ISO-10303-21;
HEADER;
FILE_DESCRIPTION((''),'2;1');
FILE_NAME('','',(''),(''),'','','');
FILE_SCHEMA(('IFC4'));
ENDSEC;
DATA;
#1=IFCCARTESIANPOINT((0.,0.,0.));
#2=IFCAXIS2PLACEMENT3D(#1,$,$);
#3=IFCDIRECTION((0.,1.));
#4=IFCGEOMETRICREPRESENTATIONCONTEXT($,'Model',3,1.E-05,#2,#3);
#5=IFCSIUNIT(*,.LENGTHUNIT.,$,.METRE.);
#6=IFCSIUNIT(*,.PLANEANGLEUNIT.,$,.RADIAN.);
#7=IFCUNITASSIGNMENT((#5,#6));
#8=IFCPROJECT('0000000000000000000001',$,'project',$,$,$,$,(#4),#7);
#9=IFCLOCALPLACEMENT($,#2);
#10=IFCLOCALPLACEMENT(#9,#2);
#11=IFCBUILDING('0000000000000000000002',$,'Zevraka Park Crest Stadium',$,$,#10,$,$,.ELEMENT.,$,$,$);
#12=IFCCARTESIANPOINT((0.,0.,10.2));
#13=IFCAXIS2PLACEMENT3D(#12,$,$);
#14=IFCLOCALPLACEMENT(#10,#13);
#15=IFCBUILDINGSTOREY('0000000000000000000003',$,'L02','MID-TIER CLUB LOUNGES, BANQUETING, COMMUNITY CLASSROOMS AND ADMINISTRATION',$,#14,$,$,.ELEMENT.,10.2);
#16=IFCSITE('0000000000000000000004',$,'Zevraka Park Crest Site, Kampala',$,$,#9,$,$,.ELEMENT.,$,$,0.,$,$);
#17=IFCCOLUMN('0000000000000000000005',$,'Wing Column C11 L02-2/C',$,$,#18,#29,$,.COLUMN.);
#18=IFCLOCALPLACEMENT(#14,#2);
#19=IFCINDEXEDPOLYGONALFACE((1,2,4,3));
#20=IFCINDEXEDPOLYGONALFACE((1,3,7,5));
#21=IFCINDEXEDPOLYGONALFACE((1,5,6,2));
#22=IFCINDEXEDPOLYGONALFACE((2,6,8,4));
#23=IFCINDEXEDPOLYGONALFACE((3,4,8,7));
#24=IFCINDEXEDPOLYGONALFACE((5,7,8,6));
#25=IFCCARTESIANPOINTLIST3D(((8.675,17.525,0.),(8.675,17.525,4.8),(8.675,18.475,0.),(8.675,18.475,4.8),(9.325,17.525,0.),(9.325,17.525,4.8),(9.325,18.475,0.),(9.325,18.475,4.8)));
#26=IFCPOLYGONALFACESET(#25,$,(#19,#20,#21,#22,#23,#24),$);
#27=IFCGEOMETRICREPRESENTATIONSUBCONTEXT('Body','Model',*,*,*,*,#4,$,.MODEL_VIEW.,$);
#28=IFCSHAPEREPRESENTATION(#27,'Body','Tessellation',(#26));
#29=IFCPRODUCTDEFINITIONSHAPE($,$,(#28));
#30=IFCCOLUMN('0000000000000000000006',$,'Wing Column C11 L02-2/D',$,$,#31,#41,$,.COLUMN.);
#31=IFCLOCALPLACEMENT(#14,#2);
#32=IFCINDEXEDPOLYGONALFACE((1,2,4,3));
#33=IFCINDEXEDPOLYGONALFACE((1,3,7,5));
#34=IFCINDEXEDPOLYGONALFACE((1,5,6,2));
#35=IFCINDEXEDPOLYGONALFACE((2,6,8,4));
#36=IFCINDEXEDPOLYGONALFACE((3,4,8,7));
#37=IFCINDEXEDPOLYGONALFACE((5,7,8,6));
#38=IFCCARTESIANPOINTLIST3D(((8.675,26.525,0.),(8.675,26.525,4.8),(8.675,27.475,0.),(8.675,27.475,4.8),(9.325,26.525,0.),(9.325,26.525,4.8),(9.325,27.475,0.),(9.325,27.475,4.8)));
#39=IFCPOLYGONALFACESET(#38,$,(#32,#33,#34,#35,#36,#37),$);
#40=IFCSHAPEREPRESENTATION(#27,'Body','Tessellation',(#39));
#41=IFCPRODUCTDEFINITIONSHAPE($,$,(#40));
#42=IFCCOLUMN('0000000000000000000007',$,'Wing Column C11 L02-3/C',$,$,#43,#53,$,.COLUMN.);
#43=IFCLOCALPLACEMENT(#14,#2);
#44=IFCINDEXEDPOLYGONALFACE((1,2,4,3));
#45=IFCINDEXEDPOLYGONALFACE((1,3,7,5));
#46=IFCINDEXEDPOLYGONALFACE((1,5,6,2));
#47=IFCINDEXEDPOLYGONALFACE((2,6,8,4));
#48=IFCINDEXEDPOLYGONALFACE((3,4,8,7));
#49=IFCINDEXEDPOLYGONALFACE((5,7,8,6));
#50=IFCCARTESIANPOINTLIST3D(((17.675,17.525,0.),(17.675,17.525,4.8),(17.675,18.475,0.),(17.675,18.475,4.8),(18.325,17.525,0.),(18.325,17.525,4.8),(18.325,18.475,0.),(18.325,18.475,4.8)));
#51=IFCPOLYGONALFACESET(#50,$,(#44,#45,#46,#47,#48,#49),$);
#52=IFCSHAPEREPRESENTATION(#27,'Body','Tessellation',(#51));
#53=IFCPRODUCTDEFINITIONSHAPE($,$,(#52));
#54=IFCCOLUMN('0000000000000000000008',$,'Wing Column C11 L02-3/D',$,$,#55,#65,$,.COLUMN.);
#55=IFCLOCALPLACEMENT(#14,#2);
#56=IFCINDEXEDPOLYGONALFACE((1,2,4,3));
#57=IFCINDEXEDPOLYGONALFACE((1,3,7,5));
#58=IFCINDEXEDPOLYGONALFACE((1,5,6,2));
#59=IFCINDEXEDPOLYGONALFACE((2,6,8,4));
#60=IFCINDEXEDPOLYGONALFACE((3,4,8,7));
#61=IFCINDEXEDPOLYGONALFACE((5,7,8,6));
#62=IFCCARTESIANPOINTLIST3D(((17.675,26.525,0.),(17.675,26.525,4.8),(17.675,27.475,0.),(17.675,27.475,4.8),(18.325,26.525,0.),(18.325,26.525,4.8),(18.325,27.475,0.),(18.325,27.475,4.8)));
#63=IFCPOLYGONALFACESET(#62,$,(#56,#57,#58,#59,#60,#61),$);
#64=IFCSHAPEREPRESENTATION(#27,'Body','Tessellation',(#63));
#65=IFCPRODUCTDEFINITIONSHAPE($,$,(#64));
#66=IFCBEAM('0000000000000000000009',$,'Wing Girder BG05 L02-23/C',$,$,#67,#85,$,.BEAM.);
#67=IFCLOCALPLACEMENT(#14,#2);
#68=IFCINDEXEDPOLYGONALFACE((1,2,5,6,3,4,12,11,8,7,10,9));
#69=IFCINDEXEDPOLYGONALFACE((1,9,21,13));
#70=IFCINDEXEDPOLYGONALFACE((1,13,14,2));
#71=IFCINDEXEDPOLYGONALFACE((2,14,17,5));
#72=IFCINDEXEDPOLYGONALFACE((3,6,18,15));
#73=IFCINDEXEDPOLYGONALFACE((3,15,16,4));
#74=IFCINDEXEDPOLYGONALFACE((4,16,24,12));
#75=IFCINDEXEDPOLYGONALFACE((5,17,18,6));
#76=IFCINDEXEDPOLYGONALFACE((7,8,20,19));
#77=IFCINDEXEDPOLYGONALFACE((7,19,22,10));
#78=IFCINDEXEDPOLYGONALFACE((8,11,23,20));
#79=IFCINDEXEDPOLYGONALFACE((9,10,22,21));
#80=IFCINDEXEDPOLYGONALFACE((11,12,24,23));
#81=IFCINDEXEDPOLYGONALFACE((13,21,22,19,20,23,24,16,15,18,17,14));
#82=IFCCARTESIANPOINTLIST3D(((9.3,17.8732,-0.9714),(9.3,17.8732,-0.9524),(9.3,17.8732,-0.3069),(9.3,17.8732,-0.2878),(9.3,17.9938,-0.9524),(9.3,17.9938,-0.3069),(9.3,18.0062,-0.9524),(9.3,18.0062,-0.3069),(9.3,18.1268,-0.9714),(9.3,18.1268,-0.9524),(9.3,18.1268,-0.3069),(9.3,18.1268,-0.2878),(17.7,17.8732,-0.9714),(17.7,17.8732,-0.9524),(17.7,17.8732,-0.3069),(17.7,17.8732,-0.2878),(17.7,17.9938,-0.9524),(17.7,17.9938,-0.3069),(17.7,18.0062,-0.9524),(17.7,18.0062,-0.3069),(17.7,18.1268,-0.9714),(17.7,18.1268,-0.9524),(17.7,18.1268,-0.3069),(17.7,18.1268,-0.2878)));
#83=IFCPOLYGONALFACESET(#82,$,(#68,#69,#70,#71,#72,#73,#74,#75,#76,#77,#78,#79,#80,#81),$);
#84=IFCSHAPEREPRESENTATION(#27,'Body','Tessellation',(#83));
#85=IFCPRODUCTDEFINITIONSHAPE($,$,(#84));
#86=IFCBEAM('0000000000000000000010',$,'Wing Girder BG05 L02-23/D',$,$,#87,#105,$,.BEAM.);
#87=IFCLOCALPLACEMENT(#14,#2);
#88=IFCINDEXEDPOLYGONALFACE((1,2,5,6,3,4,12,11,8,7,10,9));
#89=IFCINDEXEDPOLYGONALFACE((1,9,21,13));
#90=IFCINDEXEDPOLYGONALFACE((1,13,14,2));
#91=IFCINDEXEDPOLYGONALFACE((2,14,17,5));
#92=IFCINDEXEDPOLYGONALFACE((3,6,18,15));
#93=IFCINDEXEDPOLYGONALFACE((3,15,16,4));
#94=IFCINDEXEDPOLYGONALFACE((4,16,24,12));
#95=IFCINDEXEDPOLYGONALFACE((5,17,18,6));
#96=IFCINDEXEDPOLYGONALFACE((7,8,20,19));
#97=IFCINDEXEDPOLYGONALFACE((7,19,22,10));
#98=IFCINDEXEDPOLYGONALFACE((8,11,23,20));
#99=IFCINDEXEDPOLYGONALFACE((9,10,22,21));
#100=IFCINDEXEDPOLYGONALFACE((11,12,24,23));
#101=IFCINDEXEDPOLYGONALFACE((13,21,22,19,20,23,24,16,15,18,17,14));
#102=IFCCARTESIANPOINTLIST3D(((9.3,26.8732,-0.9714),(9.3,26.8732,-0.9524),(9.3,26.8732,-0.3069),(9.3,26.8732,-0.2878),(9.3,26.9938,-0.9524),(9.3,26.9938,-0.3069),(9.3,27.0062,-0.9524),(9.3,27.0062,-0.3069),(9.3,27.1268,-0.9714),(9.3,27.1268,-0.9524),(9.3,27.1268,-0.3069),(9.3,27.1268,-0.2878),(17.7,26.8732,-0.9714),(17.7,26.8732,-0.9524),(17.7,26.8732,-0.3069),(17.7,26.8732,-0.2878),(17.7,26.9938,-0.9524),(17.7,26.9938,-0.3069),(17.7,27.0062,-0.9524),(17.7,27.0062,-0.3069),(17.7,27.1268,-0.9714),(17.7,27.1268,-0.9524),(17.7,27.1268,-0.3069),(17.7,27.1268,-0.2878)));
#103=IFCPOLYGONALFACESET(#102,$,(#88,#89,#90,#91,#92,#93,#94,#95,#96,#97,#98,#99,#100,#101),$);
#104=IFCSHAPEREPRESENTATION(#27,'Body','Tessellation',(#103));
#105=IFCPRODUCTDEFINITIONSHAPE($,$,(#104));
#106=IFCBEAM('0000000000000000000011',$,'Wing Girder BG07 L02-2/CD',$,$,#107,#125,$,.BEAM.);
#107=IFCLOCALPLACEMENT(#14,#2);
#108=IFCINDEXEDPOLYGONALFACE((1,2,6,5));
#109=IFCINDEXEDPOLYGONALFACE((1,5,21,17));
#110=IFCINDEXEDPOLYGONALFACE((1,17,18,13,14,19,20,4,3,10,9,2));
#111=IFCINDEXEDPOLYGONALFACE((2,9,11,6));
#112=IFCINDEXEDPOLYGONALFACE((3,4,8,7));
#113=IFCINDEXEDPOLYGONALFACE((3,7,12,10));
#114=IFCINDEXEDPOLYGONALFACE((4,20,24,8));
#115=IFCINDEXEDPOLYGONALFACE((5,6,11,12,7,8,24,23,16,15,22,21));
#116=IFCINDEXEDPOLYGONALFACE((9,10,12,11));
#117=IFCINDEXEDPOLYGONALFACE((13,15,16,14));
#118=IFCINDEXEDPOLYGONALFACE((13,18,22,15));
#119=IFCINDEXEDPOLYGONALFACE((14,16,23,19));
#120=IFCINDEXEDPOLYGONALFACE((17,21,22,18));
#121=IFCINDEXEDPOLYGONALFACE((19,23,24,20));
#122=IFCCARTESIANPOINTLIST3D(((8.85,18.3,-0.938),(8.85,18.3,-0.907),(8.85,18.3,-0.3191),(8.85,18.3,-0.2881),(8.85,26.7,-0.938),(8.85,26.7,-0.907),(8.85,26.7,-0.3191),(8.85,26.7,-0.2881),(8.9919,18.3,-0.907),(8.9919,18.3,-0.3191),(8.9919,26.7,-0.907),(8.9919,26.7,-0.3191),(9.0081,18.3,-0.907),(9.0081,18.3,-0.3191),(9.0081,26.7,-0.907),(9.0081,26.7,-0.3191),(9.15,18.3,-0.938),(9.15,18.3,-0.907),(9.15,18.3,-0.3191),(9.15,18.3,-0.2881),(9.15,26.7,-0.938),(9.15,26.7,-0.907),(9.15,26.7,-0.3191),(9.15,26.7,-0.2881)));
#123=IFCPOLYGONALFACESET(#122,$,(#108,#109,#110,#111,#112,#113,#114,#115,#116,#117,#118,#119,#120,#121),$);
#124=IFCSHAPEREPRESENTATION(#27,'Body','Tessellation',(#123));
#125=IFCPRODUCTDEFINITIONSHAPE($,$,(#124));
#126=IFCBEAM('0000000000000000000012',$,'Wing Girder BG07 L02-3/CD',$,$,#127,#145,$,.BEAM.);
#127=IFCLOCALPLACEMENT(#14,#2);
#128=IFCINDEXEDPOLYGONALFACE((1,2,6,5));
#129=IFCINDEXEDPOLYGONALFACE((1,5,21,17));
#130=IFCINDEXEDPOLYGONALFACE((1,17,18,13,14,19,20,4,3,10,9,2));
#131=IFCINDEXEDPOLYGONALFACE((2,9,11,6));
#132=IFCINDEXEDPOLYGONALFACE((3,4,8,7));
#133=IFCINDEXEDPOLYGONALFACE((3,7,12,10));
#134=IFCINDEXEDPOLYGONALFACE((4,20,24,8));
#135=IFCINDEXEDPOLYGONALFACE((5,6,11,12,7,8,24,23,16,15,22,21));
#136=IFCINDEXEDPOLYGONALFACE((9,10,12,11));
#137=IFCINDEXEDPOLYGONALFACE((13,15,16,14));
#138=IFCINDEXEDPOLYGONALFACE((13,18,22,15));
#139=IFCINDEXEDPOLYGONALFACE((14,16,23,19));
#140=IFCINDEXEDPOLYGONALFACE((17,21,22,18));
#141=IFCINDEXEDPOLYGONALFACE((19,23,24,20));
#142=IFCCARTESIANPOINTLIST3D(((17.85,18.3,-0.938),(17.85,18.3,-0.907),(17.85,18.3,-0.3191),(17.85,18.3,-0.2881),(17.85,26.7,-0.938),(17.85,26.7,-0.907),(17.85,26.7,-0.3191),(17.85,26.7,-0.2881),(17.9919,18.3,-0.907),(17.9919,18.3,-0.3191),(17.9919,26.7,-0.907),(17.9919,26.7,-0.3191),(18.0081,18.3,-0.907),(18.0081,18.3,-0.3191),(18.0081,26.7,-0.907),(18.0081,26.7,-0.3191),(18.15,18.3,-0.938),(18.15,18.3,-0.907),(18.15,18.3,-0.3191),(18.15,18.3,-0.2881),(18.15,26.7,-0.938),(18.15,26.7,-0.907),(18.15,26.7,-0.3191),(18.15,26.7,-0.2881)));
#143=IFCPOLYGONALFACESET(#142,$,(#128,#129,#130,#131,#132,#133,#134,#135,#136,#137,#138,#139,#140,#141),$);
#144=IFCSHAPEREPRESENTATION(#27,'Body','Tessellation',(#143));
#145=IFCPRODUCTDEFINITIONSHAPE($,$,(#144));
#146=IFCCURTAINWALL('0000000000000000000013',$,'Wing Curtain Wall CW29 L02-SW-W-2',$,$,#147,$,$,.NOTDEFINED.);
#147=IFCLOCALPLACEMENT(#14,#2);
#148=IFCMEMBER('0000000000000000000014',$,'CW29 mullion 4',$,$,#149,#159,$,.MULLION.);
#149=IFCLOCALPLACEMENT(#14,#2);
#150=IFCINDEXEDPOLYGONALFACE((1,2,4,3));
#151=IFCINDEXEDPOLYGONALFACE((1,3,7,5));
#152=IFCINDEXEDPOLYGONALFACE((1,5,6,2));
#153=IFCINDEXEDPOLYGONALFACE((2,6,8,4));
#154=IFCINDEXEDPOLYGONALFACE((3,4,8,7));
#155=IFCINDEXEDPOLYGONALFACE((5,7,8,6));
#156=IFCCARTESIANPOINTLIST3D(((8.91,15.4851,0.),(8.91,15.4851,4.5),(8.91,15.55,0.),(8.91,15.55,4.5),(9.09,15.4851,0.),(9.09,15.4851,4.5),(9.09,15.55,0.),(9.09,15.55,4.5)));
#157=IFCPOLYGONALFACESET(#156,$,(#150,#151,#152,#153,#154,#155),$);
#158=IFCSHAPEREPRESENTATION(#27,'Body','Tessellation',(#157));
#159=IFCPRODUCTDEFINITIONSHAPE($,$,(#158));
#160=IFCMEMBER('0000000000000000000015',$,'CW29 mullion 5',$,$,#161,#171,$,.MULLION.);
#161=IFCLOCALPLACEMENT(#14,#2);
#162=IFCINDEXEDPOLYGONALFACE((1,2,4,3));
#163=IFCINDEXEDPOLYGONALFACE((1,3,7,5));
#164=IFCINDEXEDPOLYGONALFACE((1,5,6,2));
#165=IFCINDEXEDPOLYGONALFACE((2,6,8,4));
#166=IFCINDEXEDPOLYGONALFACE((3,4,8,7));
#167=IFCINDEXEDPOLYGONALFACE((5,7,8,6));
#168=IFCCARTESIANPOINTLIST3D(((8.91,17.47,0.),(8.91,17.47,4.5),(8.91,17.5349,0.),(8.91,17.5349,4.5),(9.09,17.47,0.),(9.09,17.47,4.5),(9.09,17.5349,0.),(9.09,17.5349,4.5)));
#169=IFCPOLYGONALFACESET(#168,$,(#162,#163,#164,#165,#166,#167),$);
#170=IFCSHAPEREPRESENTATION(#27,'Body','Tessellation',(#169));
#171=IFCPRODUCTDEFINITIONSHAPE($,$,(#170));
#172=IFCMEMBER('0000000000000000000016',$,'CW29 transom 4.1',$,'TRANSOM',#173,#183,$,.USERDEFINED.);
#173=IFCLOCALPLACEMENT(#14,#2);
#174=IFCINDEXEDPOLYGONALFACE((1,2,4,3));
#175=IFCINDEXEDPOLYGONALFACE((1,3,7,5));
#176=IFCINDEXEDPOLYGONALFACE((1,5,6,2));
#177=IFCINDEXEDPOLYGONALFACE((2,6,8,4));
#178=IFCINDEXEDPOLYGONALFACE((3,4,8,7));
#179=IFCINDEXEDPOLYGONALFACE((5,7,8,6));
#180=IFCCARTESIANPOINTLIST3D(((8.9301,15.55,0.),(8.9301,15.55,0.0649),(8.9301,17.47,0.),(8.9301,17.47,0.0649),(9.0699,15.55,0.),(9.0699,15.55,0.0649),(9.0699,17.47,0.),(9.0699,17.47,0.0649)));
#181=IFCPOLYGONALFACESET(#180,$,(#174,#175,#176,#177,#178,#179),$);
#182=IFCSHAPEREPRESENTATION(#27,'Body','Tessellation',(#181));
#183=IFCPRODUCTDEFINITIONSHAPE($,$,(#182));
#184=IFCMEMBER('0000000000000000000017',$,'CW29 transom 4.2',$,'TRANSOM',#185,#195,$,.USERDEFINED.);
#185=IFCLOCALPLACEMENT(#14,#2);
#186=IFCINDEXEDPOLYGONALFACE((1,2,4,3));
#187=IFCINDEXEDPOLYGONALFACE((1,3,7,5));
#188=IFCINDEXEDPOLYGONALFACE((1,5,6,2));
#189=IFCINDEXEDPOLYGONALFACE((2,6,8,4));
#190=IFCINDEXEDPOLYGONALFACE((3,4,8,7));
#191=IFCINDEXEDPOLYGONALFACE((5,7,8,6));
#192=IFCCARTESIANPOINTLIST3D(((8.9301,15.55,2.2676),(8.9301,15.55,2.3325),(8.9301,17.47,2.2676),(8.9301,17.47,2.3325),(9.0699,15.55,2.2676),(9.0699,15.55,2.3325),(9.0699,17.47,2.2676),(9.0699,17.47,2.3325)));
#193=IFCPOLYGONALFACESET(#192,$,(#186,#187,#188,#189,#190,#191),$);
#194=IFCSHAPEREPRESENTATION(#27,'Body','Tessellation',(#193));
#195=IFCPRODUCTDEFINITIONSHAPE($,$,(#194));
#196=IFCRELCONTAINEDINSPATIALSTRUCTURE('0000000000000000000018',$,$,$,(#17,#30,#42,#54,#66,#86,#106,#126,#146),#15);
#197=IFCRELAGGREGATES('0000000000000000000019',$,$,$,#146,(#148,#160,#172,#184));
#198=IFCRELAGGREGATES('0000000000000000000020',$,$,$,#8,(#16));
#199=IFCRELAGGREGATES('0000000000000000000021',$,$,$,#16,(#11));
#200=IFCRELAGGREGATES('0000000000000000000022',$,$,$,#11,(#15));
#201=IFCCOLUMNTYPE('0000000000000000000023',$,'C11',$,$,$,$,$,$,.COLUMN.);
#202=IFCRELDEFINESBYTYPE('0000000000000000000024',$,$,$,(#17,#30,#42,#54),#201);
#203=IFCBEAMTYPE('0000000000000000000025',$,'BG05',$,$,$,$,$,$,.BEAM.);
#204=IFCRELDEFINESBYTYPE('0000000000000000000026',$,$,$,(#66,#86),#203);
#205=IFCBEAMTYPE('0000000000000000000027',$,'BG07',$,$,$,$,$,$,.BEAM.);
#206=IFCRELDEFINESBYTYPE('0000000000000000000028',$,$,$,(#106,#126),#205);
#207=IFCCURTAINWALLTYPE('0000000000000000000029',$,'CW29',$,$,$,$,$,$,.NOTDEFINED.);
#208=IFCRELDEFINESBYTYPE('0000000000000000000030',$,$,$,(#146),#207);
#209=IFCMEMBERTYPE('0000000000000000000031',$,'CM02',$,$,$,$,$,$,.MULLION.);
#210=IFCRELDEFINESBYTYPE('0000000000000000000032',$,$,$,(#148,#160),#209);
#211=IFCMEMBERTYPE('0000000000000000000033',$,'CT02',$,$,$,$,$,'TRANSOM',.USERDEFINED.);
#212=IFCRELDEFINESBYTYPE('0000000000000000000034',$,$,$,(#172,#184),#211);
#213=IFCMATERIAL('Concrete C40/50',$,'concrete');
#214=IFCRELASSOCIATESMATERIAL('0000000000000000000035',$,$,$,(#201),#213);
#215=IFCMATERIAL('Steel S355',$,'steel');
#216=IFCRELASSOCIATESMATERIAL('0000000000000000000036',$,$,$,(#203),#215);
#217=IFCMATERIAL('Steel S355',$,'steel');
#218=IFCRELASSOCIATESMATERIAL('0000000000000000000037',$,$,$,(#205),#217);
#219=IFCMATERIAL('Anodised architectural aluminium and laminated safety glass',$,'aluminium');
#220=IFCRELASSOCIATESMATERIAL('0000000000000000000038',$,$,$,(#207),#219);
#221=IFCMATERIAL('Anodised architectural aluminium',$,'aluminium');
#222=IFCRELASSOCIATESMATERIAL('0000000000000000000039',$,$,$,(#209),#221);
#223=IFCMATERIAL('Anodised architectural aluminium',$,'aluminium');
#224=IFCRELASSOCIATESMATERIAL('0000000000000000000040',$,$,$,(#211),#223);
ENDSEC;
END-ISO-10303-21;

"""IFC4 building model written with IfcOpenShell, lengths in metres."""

from ifc_helpers import new_model, si_unit, direction, frame, origin, origin_2d, place, context, subcontext, project, spatial, rectangle, i_section, extrude, material, material_profile, profile_set, type_object, element, aggregate, save


model = new_model("IFC4")

# Units and contexts
model_context = context("Model", 3, precision=1e-05, world=origin(), true_north=direction((0.0, 1.0)))
body_context = subcontext(model_context, "Body", "Model", "MODEL_VIEW")
ifc_project = project(units=[si_unit("LENGTHUNIT", "METRE"), si_unit("PLANEANGLEUNIT", "RADIAN")], contexts=[model_context])

# Site, building, storey
site_placement = place(None, origin())
site = spatial("IfcSite", under=ifc_project, at=site_placement, Name="Zevraka Park Crest Site, Kampala", CompositionType="ELEMENT", RefElevation=0.0)
building_placement = place(site_placement, origin())
building = spatial("IfcBuilding", under=site, at=building_placement, Name="Zevraka Park Crest Stadium", CompositionType="ELEMENT")
storey_placement = place(building_placement, frame((0.0, 0.0, 10.2)))
storey = spatial("IfcBuildingStorey", under=building, at=storey_placement, Name="L02", Description="MID-TIER CLUB LOUNGES, BANQUETING, COMMUNITY CLASSROOMS AND ADMINISTRATION", CompositionType="ELEMENT", Elevation=10.2)

# Columns
ifc_material_1 = material(Name="Concrete C40/50", Category="concrete")
ifc_material_profile_1 = material_profile(ifc_material_1, rectangle(XDim=0.6499, YDim=0.95, at=origin_2d()), Name="RC 950x650")
ifc_profile_set_1 = profile_set([ifc_material_profile_1], Name="Concrete C40/50")
column_type = type_object("IfcColumnType", Name="C11", PredefinedType="COLUMN", material=ifc_profile_set_1)
for number, where, z_axis, x_axis, name in (
    (1, (9.0, 18.0, 0.0), (0.0, 0.0, 1.0), (1.0, 0.0, 0.0), "Wing Column C11 L02-2/C"),
    (2, (9.0, 27.0, 0.0), (0.0, 0.0, 1.0), (1.0, 0.0, 0.0), "Wing Column C11 L02-2/D"),
    (3, (18.0, 18.0, 0.0), (0.0, 0.0, 1.0), (1.0, 0.0, 0.0), "Wing Column C11 L02-3/C"),
    (4, (18.0, 27.0, 0.0), (0.0, 0.0, 1.0), (1.0, 0.0, 0.0), "Wing Column C11 L02-3/D"),
):
    element("IfcColumn", number, at=place(storey_placement, frame(where, z_axis=z_axis, x_axis=x_axis)), inside=storey, type_object=column_type, Name=name, PredefinedType="COLUMN", context=body_context, shape_type="SweptSolid", body=[
        extrude(rectangle(XDim=0.6499, YDim=0.95, at=origin_2d()), origin(), (0.0, 0.0, 1.0), 4.8),
    ])

# Beams
ifc_material_2 = material(Name="Steel S355", Category="steel")
ifc_material_profile_2 = material_profile(ifc_material_2, i_section(OverallWidth=0.2537, OverallDepth=0.6836, WebThickness=0.0125, FlangeThickness=0.019, at=origin_2d()), Name="UKB 686x254x140")
ifc_profile_set_2 = profile_set([ifc_material_profile_2], Name="Steel S355")
beam_type_1 = type_object("IfcBeamType", Name="BG05", PredefinedType="BEAM", material=ifc_profile_set_2)
for number, where, z_axis, x_axis, name in (
    (5, (9.3, 18.0, -0.6296), (1.0, 0.0, 0.0), (0.0, 1.0, 0.0), "Wing Girder BG05 L02-23/C"),
    (6, (9.3, 27.0, -0.6296), (1.0, 0.0, 0.0), (0.0, 1.0, 0.0), "Wing Girder BG05 L02-23/D"),
):
    element("IfcBeam", number, at=place(storey_placement, frame(where, z_axis=z_axis, x_axis=x_axis)), inside=storey, type_object=beam_type_1, Name=name, PredefinedType="BEAM", context=body_context, shape_type="SweptSolid", body=[
        extrude(i_section(OverallWidth=0.2537, OverallDepth=0.6836, WebThickness=0.0125, FlangeThickness=0.019, at=origin_2d()), origin(), (0.0, 0.0, 1.0), 8.3999),
    ])
ifc_material_3 = material(Name="Steel S355", Category="steel")
ifc_material_profile_3 = material_profile(ifc_material_3, i_section(OverallWidth=0.3, OverallDepth=0.6499, WebThickness=0.0161, FlangeThickness=0.031, at=origin_2d()), Name="HEB 650")
ifc_profile_set_3 = profile_set([ifc_material_profile_3], Name="Steel S355")
beam_type_2 = type_object("IfcBeamType", Name="BG07", PredefinedType="BEAM", material=ifc_profile_set_3)
for number, where, z_axis, x_axis, name in (
    (7, (9.0, 18.3, -0.613), (0.0, 1.0, 0.0), (-1.0, 0.0, 0.0), "Wing Girder BG07 L02-2/CD"),
    (8, (18.0, 18.3, -0.613), (0.0, 1.0, 0.0), (-1.0, 0.0, 0.0), "Wing Girder BG07 L02-3/CD"),
):
    element("IfcBeam", number, at=place(storey_placement, frame(where, z_axis=z_axis, x_axis=x_axis)), inside=storey, type_object=beam_type_2, Name=name, PredefinedType="BEAM", context=body_context, shape_type="SweptSolid", body=[
        extrude(i_section(OverallWidth=0.3, OverallDepth=0.6499, WebThickness=0.0161, FlangeThickness=0.031, at=origin_2d()), origin(), (0.0, 0.0, 1.0), 8.3999),
    ])

# Curtain wall, members
ifc_material_4 = material(Name="Anodised architectural aluminium and laminated safety glass", Category="aluminium")
curtain_wall_type = type_object("IfcCurtainWallType", Name="CW29", PredefinedType="NOTDEFINED", material=ifc_material_4)
curtain_wall_placement = place(storey_placement, origin())
curtain_wall = element("IfcCurtainWall", 9, at=curtain_wall_placement, inside=storey, type_object=curtain_wall_type, Name="Wing Curtain Wall CW29 L02-SW-W-2", PredefinedType="NOTDEFINED")
ifc_material_5 = material(Name="Anodised architectural aluminium", Category="aluminium")
ifc_material_profile_4 = material_profile(ifc_material_5, rectangle(XDim=0.1799, YDim=0.0649, at=origin_2d()), Name="ALU MULLION 180x65")
ifc_profile_set_4 = profile_set([ifc_material_profile_4], Name="Anodised architectural aluminium")
member_type_1 = type_object("IfcMemberType", Name="CM02", PredefinedType="MULLION", material=ifc_profile_set_4)
member_1_placement = place(storey_placement, frame((9.0, 15.5176, 0.0), z_axis=(0.0, 0.0, 1.0), x_axis=(-1.0, 0.0, 0.0)))
member_1 = element("IfcMember", 10, at=member_1_placement, type_object=member_type_1, Name="CW29 mullion 4", PredefinedType="MULLION", context=body_context, shape_type="SweptSolid", body=[
    extrude(rectangle(XDim=0.1799, YDim=0.0649, at=origin_2d()), origin(), (0.0, 0.0, 1.0), 4.5),
])
member_2_placement = place(storey_placement, frame((9.0, 17.5024, 0.0), z_axis=(0.0, 0.0, 1.0), x_axis=(-1.0, 0.0, 0.0)))
member_2 = element("IfcMember", 11, at=member_2_placement, type_object=member_type_1, Name="CW29 mullion 5", PredefinedType="MULLION", context=body_context, shape_type="SweptSolid", body=[
    extrude(rectangle(XDim=0.1799, YDim=0.0649, at=origin_2d()), origin(), (0.0, 0.0, 1.0), 4.5),
])
ifc_material_6 = material(Name="Anodised architectural aluminium", Category="aluminium")
ifc_material_profile_5 = material_profile(ifc_material_6, rectangle(XDim=0.1399, YDim=0.0649, at=origin_2d()), Name="ALU TRANSOM 140x65")
ifc_profile_set_5 = profile_set([ifc_material_profile_5], Name="Anodised architectural aluminium")
member_type_2 = type_object("IfcMemberType", Name="CT02", ElementType="TRANSOM", PredefinedType="USERDEFINED", material=ifc_profile_set_5)
member_3_placement = place(storey_placement, frame((9.0, 15.55, 0.0325), z_axis=(0.0, 1.0, 0.0), x_axis=(-1.0, 0.0, 0.0)))
member_3 = element("IfcMember", 12, at=member_3_placement, type_object=member_type_2, Name="CW29 transom 4.1", ObjectType="TRANSOM", PredefinedType="USERDEFINED", context=body_context, shape_type="SweptSolid", body=[
    extrude(rectangle(XDim=0.1399, YDim=0.0649, at=origin_2d()), origin(), (0.0, 0.0, 1.0), 1.9199),
])
member_4_placement = place(storey_placement, frame((9.0, 15.55, 2.3), z_axis=(0.0, 1.0, 0.0), x_axis=(-1.0, 0.0, 0.0)))
member_4 = element("IfcMember", 13, at=member_4_placement, type_object=member_type_2, Name="CW29 transom 4.2", ObjectType="TRANSOM", PredefinedType="USERDEFINED", context=body_context, shape_type="SweptSolid", body=[
    extrude(rectangle(XDim=0.1399, YDim=0.0649, at=origin_2d()), origin(), (0.0, 0.0, 1.0), 1.9199),
])

aggregate(curtain_wall, [member_1, member_2, member_3, member_4])

save(model, "model.ifc")
